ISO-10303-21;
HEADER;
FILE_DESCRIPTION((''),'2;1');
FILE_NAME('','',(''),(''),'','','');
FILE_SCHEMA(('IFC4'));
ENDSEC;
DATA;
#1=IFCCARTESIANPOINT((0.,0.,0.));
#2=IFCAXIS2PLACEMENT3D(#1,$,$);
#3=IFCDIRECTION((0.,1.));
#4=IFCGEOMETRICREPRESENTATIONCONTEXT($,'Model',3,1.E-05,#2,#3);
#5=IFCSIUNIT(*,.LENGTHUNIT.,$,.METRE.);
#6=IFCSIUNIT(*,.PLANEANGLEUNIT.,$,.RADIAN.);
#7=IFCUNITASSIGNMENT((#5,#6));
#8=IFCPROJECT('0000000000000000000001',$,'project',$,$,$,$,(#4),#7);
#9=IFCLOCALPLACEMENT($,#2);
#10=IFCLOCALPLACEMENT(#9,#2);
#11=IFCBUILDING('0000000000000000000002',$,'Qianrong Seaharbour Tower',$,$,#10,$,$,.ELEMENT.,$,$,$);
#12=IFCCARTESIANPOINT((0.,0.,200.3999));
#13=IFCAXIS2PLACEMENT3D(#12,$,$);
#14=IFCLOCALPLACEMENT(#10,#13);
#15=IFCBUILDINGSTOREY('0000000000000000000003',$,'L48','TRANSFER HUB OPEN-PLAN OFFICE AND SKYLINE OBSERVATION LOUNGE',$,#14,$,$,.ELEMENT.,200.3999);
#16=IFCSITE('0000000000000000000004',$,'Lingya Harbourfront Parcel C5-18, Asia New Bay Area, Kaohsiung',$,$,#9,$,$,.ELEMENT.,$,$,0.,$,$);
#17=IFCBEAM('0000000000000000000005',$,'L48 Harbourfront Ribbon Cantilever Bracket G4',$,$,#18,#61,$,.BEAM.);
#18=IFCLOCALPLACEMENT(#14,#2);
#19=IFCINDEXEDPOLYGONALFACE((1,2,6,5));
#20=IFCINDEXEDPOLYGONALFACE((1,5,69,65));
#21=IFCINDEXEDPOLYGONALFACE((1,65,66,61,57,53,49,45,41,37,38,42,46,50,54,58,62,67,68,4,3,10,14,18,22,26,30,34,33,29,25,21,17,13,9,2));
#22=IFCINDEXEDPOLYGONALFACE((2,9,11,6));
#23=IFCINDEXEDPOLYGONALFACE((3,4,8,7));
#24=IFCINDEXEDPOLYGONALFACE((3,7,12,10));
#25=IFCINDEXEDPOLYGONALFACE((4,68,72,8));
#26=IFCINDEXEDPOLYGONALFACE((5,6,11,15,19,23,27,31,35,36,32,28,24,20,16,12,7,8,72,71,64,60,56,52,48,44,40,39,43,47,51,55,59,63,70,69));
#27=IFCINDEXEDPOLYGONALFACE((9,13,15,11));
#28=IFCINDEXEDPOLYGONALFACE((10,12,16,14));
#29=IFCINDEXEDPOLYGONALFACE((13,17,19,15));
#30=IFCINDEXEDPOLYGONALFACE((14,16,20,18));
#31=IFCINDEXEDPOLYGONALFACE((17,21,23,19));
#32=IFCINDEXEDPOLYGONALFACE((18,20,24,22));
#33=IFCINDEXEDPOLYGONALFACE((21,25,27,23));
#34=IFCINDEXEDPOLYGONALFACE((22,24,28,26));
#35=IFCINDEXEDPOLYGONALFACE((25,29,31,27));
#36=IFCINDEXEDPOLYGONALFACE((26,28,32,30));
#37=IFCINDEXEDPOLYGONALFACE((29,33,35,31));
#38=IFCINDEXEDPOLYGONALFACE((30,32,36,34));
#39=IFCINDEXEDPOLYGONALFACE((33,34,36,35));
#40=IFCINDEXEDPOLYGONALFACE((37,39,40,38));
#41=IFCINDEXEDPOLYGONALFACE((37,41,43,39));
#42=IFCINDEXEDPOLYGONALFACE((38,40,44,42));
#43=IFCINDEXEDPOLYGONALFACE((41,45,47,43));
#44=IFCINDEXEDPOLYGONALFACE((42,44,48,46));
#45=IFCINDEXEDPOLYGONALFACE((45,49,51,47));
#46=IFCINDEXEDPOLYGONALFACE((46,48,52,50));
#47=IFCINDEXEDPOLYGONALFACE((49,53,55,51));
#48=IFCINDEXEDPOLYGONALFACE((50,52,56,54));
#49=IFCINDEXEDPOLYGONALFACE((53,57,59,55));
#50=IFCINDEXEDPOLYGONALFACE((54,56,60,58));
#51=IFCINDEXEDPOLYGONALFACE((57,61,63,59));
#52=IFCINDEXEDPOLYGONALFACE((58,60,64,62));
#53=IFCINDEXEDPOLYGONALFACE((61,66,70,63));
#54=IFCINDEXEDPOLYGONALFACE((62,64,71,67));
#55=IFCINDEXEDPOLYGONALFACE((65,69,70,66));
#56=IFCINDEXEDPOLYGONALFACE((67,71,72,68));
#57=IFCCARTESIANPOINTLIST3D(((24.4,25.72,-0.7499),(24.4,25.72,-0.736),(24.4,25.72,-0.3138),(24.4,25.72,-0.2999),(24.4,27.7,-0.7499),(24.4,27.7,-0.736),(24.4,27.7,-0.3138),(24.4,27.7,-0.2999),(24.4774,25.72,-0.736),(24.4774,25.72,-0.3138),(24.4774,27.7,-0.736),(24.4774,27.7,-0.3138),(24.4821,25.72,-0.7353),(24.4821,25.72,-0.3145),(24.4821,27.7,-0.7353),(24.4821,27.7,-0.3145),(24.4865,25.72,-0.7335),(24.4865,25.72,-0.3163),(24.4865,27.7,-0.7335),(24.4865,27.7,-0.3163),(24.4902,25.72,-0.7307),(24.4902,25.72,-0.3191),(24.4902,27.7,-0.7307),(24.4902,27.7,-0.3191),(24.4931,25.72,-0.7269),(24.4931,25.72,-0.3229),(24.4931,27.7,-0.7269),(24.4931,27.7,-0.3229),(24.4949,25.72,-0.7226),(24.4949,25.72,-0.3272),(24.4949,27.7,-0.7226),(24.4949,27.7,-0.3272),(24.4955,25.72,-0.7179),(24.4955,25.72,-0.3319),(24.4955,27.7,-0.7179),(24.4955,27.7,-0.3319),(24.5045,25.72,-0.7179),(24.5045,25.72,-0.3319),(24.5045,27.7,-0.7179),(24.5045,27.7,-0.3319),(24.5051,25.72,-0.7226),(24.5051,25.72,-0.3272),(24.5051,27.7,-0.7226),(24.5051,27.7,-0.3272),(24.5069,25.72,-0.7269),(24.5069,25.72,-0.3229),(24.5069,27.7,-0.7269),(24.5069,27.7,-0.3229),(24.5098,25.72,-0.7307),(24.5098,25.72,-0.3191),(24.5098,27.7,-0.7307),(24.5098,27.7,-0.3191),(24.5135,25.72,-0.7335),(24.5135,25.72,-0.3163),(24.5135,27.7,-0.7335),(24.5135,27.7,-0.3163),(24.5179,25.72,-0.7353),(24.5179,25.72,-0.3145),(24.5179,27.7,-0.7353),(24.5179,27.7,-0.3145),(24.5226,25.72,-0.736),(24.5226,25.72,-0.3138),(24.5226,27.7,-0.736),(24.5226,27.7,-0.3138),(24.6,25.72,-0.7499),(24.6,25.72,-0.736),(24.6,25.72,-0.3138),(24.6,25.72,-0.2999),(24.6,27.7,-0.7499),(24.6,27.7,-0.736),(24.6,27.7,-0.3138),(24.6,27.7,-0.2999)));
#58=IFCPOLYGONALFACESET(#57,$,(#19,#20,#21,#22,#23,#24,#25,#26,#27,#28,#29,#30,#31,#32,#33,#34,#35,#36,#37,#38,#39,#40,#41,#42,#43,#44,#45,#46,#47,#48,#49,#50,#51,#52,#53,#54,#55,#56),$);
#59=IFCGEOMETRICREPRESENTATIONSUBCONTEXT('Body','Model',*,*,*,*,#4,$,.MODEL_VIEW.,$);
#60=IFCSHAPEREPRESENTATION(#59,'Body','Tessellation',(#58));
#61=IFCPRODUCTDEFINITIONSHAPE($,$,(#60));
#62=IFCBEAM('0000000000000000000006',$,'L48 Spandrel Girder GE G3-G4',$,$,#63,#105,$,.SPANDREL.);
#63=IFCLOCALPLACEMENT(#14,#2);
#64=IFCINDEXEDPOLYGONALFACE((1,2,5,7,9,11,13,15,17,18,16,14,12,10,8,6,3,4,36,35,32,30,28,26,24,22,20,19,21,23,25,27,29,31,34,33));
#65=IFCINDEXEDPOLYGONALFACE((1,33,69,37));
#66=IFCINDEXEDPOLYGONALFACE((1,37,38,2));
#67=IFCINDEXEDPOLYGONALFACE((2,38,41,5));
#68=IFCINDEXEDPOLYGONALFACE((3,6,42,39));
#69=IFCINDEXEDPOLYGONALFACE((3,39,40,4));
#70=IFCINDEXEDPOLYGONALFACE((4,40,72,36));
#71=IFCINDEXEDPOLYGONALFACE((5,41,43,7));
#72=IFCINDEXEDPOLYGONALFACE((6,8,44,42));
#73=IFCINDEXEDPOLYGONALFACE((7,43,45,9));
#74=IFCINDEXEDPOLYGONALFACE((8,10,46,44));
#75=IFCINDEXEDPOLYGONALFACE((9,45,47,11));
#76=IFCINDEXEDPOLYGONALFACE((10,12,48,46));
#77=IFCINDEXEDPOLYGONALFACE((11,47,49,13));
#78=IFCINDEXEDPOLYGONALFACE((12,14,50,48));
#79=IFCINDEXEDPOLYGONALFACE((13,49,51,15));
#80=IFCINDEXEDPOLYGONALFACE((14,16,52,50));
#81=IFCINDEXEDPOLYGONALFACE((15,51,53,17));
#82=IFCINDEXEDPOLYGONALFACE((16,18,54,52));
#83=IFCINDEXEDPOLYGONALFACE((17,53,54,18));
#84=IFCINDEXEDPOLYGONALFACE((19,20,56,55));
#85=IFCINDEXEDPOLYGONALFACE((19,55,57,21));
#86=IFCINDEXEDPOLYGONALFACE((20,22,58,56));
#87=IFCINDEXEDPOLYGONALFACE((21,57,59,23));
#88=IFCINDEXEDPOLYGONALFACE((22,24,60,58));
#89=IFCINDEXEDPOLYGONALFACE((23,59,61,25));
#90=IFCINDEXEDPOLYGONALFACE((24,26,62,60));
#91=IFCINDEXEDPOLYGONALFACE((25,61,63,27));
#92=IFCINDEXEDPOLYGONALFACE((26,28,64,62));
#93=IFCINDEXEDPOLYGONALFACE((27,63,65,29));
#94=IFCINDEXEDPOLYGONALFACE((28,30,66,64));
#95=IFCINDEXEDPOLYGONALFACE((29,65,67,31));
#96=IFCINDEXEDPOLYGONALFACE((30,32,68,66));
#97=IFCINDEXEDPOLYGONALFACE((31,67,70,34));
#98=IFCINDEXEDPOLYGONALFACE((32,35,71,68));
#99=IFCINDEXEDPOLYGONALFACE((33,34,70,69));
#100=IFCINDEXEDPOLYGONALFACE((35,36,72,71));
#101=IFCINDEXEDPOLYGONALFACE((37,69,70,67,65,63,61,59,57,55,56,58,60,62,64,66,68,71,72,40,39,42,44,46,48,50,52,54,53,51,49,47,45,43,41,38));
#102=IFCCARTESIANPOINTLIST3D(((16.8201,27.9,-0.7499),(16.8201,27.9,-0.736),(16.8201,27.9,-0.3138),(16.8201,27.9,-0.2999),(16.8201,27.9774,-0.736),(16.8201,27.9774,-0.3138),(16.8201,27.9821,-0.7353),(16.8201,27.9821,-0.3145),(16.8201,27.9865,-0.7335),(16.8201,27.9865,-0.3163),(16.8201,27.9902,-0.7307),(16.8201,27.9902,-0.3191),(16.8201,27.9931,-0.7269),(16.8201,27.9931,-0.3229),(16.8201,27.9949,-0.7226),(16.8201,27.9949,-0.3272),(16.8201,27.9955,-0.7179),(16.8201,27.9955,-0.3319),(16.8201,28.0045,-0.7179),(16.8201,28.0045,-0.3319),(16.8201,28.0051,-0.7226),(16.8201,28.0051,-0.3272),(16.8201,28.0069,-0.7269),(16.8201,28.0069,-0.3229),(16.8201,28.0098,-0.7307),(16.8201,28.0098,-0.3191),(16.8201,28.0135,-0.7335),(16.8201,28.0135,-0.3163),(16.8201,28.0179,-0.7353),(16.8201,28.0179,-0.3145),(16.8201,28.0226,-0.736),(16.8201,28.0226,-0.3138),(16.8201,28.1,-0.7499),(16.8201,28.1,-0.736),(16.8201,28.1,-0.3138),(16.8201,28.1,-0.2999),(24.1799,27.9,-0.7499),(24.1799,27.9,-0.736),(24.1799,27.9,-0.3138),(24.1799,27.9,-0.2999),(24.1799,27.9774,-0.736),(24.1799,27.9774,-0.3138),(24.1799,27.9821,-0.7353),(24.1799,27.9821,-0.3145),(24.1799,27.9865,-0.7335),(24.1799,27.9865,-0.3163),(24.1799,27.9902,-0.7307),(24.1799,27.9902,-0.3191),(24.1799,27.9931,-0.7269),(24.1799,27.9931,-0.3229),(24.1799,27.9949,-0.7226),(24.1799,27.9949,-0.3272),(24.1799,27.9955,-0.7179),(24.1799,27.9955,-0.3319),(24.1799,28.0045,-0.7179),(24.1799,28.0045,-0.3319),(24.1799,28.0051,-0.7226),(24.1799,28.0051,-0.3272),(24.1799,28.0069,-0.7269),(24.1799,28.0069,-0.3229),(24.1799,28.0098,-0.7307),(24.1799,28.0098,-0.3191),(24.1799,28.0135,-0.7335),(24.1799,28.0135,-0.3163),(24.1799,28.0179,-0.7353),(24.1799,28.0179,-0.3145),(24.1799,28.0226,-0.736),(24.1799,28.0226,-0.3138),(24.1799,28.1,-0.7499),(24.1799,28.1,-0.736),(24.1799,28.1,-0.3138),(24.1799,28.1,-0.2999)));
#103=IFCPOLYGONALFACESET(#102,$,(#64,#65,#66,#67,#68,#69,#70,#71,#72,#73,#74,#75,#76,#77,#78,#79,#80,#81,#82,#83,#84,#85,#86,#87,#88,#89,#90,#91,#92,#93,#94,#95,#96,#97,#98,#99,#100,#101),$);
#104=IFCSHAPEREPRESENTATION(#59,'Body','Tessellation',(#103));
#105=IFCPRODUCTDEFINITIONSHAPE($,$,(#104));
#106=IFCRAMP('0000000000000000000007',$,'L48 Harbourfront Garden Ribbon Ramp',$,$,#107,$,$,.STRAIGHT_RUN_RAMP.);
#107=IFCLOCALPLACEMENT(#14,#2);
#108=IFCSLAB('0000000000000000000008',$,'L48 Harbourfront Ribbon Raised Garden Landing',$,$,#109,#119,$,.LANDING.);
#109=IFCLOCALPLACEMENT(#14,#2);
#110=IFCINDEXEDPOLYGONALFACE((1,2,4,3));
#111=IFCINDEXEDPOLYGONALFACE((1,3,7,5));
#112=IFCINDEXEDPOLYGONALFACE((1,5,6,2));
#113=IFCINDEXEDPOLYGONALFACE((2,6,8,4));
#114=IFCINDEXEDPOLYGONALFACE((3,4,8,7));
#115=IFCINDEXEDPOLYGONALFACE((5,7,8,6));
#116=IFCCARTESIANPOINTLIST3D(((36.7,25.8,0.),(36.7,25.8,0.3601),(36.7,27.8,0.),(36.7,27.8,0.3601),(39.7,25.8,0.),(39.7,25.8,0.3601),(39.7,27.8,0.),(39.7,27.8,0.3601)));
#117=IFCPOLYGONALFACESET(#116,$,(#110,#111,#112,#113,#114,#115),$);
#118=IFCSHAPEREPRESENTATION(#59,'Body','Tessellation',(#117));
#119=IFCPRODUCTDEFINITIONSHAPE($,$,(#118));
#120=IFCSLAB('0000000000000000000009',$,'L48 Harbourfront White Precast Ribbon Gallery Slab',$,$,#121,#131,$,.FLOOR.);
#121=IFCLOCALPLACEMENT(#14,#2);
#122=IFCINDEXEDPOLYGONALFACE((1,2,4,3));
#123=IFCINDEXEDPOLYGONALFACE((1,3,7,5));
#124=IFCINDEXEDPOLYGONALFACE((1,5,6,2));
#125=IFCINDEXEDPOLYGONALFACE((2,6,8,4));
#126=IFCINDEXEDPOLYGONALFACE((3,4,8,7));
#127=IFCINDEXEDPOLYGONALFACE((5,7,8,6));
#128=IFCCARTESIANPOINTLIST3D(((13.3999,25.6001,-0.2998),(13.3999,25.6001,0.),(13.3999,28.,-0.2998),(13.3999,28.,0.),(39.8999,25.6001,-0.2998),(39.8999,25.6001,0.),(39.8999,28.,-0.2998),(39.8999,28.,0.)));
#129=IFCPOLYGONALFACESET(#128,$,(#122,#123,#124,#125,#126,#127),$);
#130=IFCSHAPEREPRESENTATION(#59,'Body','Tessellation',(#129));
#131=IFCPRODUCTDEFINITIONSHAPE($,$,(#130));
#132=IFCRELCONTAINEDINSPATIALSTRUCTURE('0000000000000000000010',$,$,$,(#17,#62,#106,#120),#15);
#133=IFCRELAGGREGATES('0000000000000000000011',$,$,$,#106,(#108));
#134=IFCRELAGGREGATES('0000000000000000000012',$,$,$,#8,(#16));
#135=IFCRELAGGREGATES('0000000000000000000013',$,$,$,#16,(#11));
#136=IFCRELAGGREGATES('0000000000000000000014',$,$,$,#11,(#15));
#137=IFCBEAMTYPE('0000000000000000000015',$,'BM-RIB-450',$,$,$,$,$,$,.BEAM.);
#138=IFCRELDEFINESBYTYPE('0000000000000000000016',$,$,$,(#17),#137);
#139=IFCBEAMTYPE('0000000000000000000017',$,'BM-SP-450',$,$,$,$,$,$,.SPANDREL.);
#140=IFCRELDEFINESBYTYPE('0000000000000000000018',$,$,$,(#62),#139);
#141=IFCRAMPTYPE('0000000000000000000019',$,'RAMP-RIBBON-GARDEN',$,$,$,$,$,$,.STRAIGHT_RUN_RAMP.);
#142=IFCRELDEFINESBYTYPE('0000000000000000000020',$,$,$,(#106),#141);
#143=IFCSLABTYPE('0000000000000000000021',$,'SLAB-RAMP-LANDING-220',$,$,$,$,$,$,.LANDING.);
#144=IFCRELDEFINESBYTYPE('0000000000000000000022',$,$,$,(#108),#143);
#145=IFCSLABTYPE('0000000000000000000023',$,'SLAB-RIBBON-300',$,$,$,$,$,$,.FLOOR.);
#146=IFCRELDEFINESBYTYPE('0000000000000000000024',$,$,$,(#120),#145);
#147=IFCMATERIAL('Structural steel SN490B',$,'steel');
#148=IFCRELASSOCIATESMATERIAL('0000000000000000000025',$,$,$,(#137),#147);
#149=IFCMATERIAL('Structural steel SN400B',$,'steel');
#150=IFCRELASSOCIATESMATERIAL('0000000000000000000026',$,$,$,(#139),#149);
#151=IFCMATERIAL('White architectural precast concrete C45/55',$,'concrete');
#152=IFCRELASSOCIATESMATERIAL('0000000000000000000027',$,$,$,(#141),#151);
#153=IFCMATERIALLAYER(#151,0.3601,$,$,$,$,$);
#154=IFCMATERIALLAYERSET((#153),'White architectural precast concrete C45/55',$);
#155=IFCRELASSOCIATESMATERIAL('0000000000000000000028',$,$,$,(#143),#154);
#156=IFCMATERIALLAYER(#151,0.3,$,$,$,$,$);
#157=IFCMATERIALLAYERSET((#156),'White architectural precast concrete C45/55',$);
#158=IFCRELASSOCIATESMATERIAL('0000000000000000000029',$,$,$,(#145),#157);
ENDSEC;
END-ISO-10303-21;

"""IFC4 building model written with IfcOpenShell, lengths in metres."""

from ifc_helpers import new_model, si_unit, direction, frame, origin, origin_2d, place, context, subcontext, project, spatial, polyline, i_section, outline, extrude, material, layer, layer_set, material_profile, profile_set, type_object, element, aggregate, save


model = new_model("IFC4")

# Units and contexts
model_context = context("Model", 3, precision=1e-05, world=origin(), true_north=direction((0.0, 1.0)))
body_context = subcontext(model_context, "Body", "Model", "MODEL_VIEW")
ifc_project = project(units=[si_unit("LENGTHUNIT", "METRE"), si_unit("PLANEANGLEUNIT", "RADIAN")], contexts=[model_context])

# Site, building, storey
site_placement = place(None, origin())
site = spatial("IfcSite", under=ifc_project, at=site_placement, Name="Lingya Harbourfront Parcel C5-18, Asia New Bay Area, Kaohsiung", CompositionType="ELEMENT", RefElevation=0.0)
building_placement = place(site_placement, origin())
building = spatial("IfcBuilding", under=site, at=building_placement, Name="Qianrong Seaharbour Tower", CompositionType="ELEMENT")
storey_placement = place(building_placement, frame((0.0, 0.0, 200.3999)))
storey = spatial("IfcBuildingStorey", under=building, at=storey_placement, Name="L48", Description="TRANSFER HUB OPEN-PLAN OFFICE AND SKYLINE OBSERVATION LOUNGE", CompositionType="ELEMENT", Elevation=200.3999)

# Shared definitions
ifc_material_1 = material(Name="Structural steel SN490B", Category="steel")

# Beams
ifc_material_2 = material(Name="Structural steel SN400B", Category="steel")
ifc_material_profile_1 = material_profile(ifc_material_1, i_section(OverallWidth=0.2, OverallDepth=0.45, WebThickness=0.009, FlangeThickness=0.0139, FilletRadius=0.0181, at=origin_2d()), Name="H450x200x9x14")
ifc_profile_set_1 = profile_set([ifc_material_profile_1], Name="Structural steel SN490B")
beam_type_1 = type_object("IfcBeamType", Name="BM-RIB-450", PredefinedType="BEAM", material=ifc_profile_set_1)
for number, where, z_axis, x_axis, name in (
    (1, (24.5, 27.7, -0.5249), (0.0, -1.0, 0.0), (1.0, 0.0, 0.0), "L48 Harbourfront Ribbon Cantilever Bracket G4"),
):
    element("IfcBeam", number, at=place(storey_placement, frame(where, z_axis=z_axis, x_axis=x_axis)), inside=storey, type_object=beam_type_1, Name=name, PredefinedType="BEAM", context=body_context, shape_type="SweptSolid", body=[
        extrude(i_section(OverallWidth=0.2, OverallDepth=0.45, WebThickness=0.009, FlangeThickness=0.0139, FilletRadius=0.0181, at=origin_2d()), origin(), (0.0, 0.0, 1.0), 1.98),
    ])
ifc_material_profile_2 = material_profile(ifc_material_2, i_section(OverallWidth=0.2, OverallDepth=0.45, WebThickness=0.009, FlangeThickness=0.0139, FilletRadius=0.0181, at=origin_2d()), Name="H450x200x9x14")
ifc_profile_set_2 = profile_set([ifc_material_profile_2], Name="Structural steel SN400B")
beam_type_2 = type_object("IfcBeamType", Name="BM-SP-450", PredefinedType="SPANDREL", material=ifc_profile_set_2)
beam_1_placement = place(storey_placement, frame((16.8201, 28.0, -0.5249), z_axis=(1.0, 0.0, 0.0), x_axis=(0.0, 1.0, 0.0)))
element("IfcBeam", 2, at=beam_1_placement, inside=storey, type_object=beam_type_2, Name="L48 Spandrel Girder GE G3-G4", PredefinedType="SPANDREL", context=body_context, shape_type="SweptSolid", body=[
    extrude(i_section(OverallWidth=0.2, OverallDepth=0.45, WebThickness=0.009, FlangeThickness=0.0139, FilletRadius=0.0181, at=origin_2d()), origin(), (0.0, 0.0, 1.0), 7.3599),
])

# Ramp, slab
ifc_material_3 = material(Name="White architectural precast concrete C45/55", Category="concrete")
ramp_type = type_object("IfcRampType", Name="RAMP-RIBBON-GARDEN", PredefinedType="STRAIGHT_RUN_RAMP", material=ifc_material_3)
ramp_placement = place(storey_placement, origin())
ramp = element("IfcRamp", 3, at=ramp_placement, inside=storey, type_object=ramp_type, Name="L48 Harbourfront Garden Ribbon Ramp", PredefinedType="STRAIGHT_RUN_RAMP")
ifc_layer_1 = layer(ifc_material_3, 0.3601)
ifc_layer_set_1 = layer_set([ifc_layer_1], Name="White architectural precast concrete C45/55")
slab_type_1 = type_object("IfcSlabType", Name="SLAB-RAMP-LANDING-220", PredefinedType="LANDING", material=ifc_layer_set_1)
slab_1_placement = place(storey_placement, origin())
slab_1 = element("IfcSlab", 4, at=slab_1_placement, type_object=slab_type_1, Name="L48 Harbourfront Ribbon Raised Garden Landing", PredefinedType="LANDING", context=body_context, shape_type="SweptSolid", body=[
    extrude(outline(polyline([(36.7, 25.8), (39.7, 25.8), (39.7, 27.8), (36.7, 27.8), (36.7, 25.8)])), origin(), (0.0, 0.0, 1.0), 0.3601),
])
aggregate(ramp, [slab_1])

# Slab
ifc_layer_2 = layer(ifc_material_3, 0.3)
ifc_layer_set_2 = layer_set([ifc_layer_2], Name="White architectural precast concrete C45/55")
slab_type_2 = type_object("IfcSlabType", Name="SLAB-RIBBON-300", PredefinedType="FLOOR", material=ifc_layer_set_2)
slab_2_placement = place(storey_placement, frame((0.0, 0.0, -0.2998)))
element("IfcSlab", 5, at=slab_2_placement, inside=storey, type_object=slab_type_2, Name="L48 Harbourfront White Precast Ribbon Gallery Slab", PredefinedType="FLOOR", context=body_context, shape_type="SweptSolid", body=[
    extrude(outline(polyline([(13.3999, 25.6001), (39.8999, 25.6001), (39.8999, 28.0), (13.3999, 28.0), (13.3999, 25.6001)])), origin(), (0.0, 0.0, 1.0), 0.2998),
])

save(model, "model.ifc")
